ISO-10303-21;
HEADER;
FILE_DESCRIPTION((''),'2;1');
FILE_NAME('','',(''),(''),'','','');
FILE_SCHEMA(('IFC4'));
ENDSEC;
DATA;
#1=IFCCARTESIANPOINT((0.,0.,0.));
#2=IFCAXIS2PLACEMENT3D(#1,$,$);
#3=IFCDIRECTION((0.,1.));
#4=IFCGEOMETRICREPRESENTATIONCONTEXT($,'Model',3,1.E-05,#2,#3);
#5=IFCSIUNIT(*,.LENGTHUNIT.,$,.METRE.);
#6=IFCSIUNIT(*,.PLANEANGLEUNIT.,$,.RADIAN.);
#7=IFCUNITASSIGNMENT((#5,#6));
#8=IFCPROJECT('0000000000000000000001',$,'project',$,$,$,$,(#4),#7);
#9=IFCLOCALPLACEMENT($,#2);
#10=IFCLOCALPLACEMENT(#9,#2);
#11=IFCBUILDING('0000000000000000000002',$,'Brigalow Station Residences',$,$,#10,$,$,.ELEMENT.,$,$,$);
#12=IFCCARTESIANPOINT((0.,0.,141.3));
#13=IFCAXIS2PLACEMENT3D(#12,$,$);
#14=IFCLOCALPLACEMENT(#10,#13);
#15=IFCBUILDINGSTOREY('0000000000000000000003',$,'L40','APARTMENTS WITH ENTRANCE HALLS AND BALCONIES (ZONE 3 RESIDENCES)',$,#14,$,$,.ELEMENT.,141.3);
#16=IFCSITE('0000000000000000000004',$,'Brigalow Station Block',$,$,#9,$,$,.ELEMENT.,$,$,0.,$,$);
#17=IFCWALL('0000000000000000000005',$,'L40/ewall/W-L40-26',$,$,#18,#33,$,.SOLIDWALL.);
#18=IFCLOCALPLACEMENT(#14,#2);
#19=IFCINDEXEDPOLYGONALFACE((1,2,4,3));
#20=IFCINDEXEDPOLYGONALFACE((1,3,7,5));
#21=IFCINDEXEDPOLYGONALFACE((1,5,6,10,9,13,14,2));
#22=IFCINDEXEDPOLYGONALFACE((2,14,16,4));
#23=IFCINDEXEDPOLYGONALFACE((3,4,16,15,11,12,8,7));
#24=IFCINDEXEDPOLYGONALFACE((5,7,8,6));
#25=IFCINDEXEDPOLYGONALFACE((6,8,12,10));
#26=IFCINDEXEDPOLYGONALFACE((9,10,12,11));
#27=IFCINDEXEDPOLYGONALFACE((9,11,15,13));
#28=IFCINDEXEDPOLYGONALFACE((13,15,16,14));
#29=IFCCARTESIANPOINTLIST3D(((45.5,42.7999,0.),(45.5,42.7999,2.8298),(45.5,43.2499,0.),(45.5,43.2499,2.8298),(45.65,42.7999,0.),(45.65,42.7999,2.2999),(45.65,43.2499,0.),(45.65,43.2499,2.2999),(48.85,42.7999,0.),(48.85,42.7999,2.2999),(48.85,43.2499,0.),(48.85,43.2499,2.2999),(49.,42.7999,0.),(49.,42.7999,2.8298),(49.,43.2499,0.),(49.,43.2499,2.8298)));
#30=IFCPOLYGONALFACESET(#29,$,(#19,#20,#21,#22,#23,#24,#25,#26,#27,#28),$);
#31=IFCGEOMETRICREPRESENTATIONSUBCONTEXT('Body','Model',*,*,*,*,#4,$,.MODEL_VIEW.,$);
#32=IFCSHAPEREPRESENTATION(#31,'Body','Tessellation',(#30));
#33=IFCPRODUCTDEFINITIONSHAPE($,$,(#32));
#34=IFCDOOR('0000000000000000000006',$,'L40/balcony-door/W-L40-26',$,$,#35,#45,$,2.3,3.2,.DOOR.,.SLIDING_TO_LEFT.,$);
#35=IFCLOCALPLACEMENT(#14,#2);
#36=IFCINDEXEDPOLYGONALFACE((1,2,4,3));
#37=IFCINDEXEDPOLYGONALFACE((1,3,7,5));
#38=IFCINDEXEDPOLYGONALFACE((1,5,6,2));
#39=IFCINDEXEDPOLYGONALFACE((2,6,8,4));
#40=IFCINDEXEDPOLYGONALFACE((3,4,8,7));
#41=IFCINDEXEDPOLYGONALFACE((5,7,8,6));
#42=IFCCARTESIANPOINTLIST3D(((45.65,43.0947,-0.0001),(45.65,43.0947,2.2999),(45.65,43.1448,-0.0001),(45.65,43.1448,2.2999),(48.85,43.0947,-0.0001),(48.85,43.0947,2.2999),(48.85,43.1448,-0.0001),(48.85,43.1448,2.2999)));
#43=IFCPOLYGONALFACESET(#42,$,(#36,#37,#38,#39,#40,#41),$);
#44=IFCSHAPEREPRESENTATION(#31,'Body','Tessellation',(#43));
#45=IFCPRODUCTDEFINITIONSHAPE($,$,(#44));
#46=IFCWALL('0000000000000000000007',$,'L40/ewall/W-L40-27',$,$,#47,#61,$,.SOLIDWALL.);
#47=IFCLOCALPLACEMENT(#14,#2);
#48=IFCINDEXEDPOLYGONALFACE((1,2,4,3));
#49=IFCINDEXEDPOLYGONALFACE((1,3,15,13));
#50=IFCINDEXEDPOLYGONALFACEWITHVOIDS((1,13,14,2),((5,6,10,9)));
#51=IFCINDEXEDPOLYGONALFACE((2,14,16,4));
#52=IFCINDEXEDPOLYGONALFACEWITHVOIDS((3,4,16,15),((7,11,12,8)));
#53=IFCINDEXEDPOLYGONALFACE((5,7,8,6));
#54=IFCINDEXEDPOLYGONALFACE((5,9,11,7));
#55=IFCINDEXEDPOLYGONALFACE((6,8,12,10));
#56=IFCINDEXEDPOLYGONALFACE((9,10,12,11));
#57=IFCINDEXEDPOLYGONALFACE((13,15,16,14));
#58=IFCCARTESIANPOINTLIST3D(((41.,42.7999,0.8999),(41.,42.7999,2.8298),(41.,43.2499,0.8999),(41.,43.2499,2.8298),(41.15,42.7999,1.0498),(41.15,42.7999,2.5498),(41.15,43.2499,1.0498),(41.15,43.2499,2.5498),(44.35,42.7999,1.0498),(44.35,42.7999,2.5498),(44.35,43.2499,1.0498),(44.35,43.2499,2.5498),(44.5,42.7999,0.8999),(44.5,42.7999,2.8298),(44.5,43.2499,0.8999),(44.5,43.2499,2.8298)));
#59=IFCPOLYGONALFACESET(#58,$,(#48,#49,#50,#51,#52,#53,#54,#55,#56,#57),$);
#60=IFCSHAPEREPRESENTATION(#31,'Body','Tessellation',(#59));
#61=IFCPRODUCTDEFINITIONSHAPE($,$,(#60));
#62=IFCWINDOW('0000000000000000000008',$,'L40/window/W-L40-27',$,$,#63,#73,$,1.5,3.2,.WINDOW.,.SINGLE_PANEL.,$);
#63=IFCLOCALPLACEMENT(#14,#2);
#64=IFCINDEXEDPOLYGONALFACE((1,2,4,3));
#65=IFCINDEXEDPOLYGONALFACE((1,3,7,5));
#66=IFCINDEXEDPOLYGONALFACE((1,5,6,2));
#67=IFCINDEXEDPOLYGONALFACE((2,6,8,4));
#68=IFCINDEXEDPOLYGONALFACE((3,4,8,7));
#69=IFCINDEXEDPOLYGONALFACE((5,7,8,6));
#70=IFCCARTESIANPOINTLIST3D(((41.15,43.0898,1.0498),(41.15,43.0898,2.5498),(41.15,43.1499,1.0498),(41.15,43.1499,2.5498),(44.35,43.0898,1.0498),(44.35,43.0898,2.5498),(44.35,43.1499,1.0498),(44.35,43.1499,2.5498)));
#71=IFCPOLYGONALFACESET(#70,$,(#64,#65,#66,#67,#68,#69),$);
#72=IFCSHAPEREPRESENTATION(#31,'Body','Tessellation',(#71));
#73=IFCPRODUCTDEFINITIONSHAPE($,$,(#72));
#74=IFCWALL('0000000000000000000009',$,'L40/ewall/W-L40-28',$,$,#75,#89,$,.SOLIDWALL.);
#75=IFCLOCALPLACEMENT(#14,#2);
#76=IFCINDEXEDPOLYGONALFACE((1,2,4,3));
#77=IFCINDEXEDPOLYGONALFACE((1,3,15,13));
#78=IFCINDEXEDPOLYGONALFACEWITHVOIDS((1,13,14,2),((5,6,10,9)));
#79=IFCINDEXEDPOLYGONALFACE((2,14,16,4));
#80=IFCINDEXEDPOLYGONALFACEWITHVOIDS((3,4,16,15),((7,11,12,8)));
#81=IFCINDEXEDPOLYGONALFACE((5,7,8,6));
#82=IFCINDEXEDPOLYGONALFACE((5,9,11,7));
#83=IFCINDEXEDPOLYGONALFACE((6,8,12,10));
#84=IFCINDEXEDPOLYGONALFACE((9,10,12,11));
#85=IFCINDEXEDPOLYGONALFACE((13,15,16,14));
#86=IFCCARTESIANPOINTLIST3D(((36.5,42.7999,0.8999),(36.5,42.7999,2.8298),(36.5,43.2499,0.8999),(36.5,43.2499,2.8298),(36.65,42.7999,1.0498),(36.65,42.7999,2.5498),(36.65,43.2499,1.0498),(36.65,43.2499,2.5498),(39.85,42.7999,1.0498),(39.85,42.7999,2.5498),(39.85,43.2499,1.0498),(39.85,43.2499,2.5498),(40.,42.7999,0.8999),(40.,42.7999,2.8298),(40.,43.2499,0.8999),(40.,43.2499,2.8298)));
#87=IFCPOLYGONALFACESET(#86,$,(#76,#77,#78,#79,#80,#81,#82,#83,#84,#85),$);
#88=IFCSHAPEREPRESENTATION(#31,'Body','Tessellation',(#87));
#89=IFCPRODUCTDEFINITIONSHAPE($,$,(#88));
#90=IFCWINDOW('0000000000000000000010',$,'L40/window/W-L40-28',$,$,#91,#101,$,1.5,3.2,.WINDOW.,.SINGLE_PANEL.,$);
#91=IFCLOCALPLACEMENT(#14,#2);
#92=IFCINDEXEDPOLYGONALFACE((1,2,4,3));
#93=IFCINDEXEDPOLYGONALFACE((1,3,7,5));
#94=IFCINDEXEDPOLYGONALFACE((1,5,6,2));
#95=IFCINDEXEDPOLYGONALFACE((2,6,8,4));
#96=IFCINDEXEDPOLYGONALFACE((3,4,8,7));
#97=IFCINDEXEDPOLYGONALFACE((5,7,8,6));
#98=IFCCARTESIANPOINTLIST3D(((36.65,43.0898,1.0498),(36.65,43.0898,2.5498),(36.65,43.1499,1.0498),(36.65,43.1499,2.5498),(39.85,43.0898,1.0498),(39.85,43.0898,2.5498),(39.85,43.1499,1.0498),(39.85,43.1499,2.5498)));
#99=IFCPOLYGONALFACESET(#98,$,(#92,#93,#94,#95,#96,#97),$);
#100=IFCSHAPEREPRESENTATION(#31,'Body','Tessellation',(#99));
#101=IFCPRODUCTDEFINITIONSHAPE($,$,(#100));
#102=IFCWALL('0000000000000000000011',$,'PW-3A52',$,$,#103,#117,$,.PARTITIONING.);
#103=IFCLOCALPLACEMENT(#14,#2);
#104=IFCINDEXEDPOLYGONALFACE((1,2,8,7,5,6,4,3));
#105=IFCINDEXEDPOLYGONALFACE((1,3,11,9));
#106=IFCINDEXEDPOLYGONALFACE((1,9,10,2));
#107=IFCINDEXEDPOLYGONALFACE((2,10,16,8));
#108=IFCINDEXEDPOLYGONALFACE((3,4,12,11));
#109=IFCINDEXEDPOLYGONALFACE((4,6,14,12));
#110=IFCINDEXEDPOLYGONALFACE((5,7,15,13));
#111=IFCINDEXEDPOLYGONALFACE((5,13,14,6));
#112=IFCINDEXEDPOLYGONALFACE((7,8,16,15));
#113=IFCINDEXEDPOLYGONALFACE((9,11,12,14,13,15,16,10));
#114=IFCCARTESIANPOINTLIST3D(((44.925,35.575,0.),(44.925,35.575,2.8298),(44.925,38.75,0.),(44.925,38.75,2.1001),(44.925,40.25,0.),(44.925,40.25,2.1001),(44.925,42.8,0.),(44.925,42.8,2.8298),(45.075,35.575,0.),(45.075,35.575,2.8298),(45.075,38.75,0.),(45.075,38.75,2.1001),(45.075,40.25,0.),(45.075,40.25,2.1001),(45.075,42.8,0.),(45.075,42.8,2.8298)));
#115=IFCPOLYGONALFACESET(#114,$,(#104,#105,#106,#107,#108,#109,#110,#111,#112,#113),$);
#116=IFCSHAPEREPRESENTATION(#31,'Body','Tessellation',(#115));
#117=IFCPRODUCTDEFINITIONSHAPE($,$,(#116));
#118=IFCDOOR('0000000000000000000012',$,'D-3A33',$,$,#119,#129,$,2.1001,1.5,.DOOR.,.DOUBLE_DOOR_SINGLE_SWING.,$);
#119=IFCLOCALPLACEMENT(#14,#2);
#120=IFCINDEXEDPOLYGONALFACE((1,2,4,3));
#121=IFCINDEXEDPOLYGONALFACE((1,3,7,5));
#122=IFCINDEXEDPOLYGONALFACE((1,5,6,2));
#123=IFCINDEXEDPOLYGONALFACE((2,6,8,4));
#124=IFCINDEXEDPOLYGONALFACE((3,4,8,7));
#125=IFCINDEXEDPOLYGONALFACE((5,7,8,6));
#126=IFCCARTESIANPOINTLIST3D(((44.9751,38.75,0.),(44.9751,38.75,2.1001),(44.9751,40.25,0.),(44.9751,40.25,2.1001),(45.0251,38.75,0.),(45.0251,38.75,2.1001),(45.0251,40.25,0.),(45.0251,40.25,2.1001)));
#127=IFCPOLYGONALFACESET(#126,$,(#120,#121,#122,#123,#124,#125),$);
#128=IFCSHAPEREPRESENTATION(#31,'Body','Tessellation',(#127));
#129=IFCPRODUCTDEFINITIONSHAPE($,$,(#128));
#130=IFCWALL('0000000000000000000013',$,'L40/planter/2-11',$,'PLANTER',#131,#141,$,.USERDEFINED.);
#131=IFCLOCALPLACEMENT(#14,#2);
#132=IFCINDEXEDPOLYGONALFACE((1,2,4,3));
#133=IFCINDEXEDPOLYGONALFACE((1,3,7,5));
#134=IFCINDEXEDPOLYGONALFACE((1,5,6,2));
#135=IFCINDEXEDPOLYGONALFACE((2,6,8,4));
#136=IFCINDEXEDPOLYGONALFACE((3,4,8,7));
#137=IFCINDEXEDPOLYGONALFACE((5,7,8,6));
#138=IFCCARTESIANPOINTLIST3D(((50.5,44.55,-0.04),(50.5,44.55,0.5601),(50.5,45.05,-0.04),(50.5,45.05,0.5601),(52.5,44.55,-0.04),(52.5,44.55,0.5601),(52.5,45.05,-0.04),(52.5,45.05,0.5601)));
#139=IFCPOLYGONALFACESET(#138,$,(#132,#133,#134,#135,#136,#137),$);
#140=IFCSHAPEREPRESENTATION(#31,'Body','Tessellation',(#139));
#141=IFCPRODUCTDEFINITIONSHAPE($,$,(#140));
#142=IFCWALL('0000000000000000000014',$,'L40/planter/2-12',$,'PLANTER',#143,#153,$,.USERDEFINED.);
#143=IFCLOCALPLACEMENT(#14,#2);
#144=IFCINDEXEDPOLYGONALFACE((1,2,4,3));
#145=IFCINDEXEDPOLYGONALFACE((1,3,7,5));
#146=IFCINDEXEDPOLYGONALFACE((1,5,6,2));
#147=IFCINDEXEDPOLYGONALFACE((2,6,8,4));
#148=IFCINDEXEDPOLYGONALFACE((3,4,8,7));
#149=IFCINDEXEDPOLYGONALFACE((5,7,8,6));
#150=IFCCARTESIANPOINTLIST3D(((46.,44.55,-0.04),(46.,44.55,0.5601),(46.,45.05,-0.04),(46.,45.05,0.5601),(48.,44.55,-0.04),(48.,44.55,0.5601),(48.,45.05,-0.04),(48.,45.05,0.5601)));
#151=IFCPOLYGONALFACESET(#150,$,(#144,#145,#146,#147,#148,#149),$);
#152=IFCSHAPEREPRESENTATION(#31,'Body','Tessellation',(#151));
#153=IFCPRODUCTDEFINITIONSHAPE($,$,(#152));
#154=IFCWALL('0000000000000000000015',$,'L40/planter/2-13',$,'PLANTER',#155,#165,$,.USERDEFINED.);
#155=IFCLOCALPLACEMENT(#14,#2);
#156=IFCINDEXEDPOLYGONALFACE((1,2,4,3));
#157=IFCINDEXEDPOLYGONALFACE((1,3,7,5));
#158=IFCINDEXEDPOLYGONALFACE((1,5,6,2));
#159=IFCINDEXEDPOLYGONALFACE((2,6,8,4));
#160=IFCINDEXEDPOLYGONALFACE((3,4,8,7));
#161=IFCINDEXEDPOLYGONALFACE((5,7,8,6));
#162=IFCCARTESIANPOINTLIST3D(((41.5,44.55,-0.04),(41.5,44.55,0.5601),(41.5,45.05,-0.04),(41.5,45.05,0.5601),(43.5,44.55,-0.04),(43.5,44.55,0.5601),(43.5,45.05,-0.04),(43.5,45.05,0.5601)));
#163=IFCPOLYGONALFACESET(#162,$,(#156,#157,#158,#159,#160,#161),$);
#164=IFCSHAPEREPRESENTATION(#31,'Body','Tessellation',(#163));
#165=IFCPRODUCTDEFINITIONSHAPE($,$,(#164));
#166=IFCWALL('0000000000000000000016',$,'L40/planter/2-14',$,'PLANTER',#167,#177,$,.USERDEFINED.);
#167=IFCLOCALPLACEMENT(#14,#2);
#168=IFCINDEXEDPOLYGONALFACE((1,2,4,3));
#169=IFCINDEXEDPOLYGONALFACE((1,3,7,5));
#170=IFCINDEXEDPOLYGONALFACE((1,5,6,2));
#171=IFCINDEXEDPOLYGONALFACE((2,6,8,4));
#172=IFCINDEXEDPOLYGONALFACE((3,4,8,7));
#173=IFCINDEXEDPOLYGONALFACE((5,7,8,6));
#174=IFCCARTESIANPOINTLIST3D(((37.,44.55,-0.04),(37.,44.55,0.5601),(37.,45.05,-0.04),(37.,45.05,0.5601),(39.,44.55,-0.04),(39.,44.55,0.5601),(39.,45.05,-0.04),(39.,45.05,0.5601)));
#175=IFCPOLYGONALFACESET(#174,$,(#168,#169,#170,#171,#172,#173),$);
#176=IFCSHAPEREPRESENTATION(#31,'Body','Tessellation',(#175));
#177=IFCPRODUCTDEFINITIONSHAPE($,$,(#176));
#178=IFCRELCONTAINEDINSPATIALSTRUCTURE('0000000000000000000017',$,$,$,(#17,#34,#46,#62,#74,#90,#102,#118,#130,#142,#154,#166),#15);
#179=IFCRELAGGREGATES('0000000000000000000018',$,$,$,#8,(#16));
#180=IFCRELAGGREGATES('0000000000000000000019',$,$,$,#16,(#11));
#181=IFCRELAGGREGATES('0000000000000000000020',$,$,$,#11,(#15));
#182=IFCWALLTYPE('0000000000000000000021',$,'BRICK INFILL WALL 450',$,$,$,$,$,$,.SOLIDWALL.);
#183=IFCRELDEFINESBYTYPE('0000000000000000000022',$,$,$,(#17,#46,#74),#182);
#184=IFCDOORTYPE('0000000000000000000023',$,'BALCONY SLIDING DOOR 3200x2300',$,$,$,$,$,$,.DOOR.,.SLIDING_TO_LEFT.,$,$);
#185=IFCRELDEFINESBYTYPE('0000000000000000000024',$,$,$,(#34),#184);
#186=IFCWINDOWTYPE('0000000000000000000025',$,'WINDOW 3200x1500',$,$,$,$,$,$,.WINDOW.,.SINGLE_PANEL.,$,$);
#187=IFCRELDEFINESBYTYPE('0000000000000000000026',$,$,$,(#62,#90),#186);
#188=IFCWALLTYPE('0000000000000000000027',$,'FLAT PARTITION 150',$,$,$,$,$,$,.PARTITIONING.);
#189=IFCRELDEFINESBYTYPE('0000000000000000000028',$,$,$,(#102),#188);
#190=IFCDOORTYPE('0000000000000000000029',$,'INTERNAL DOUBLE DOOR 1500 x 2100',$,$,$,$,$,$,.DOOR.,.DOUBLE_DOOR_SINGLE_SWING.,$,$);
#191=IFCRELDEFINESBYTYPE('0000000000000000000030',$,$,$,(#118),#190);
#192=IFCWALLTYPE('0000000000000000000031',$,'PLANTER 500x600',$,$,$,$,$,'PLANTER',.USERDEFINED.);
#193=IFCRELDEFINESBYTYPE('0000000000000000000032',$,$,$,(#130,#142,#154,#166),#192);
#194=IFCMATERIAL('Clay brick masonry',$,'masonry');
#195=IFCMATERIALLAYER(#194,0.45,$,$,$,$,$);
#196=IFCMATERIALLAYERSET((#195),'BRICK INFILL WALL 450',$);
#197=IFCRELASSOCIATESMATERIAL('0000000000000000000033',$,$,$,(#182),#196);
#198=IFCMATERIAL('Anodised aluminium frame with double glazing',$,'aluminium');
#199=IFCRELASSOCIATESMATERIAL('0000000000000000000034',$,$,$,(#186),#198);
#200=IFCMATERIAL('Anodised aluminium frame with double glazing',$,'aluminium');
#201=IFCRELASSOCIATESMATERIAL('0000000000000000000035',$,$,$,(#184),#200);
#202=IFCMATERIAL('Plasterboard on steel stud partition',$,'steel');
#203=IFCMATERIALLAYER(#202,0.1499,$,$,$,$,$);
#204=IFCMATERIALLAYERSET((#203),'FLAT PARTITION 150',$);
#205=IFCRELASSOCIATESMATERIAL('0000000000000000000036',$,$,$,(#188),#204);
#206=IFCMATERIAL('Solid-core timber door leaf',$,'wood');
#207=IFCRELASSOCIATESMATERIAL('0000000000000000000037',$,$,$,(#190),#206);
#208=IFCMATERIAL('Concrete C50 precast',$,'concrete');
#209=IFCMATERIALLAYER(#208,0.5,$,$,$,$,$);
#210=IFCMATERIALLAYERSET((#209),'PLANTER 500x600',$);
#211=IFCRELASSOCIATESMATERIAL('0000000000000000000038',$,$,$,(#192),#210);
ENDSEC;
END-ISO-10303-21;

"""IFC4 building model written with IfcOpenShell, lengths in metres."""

from ifc_helpers import new_model, si_unit, direction, frame, frame_2d, origin, place, context, subcontext, project, spatial, rectangle, extrude, material, layer, layer_set, type_object, element, fill, save


model = new_model("IFC4")

# Units and contexts
model_context = context("Model", 3, precision=1e-05, world=origin(), true_north=direction((0.0, 1.0)))
body_context = subcontext(model_context, "Body", "Model", "MODEL_VIEW")
ifc_project = project(units=[si_unit("LENGTHUNIT", "METRE"), si_unit("PLANEANGLEUNIT", "RADIAN")], contexts=[model_context])

# Site, building, storey
site_placement = place(None, origin())
site = spatial("IfcSite", under=ifc_project, at=site_placement, Name="Brigalow Station Block", CompositionType="ELEMENT", RefElevation=0.0)
building_placement = place(site_placement, origin())
building = spatial("IfcBuilding", under=site, at=building_placement, Name="Brigalow Station Residences", CompositionType="ELEMENT")
storey_placement = place(building_placement, frame((0.0, 0.0, 141.3)))
storey = spatial("IfcBuildingStorey", under=building, at=storey_placement, Name="L40", Description="APARTMENTS WITH ENTRANCE HALLS AND BALCONIES (ZONE 3 RESIDENCES)", CompositionType="ELEMENT", Elevation=141.3)

# Shared definitions
ifc_material_1 = material(Name="Clay brick masonry", Category="masonry")
ifc_layer_1 = layer(ifc_material_1, 0.45)
ifc_layer_set_1 = layer_set([ifc_layer_1], Name="BRICK INFILL WALL 450")
wall_type_1 = type_object("IfcWallType", Name="BRICK INFILL WALL 450", PredefinedType="SOLIDWALL", material=ifc_layer_set_1)
ifc_material_2 = material(Name="Anodised aluminium frame with double glazing", Category="aluminium")
window_type = type_object("IfcWindowType", Name="WINDOW 3200x1500", PartitioningType="SINGLE_PANEL", PredefinedType="WINDOW", material=ifc_material_2)

# Wall, opening, door
wall_1_placement = place(storey_placement, frame((49.0, 43.0249, 0.0), z_axis=(0.0, 0.0, 1.0), x_axis=(-1.0, 0.0, 0.0)))
wall_1 = element("IfcWall", 1, at=wall_1_placement, inside=storey, type_object=wall_type_1, Name="L40/ewall/W-L40-26", PredefinedType="SOLIDWALL", context=body_context, shape_type="SweptSolid", body=[
    extrude(rectangle(XDim=3.5, YDim=0.45, at=frame_2d((1.75, 0.0))), origin(), (0.0, 0.0, 1.0), 2.8298),
])
opening_1_placement = place(wall_1_placement, frame((0.1499, 0.0, 0.0)))
opening_1 = element("IfcOpeningElement", 2, at=opening_1_placement, cuts=wall_1, PredefinedType="OPENING", context=body_context, shape_type="SweptSolid", body=[
    extrude(rectangle(XDim=3.2, YDim=2.3, at=frame_2d((1.6001, 1.1499))), frame((0.0, 0.2349, 0.0), z_axis=(0.0, -1.0, 0.0), x_axis=(1.0, 0.0, 0.0)), (0.0, 0.0, 1.0), 0.47),
])
ifc_material_3 = material(Name="Anodised aluminium frame with double glazing", Category="aluminium")
door_type_1 = type_object("IfcDoorType", Name="BALCONY SLIDING DOOR 3200x2300", OperationType="SLIDING_TO_LEFT", PredefinedType="DOOR", material=ifc_material_3)
door_1_placement = place(opening_1_placement, origin())
door_1 = element("IfcDoor", 3, at=door_1_placement, inside=storey, type_object=door_type_1, Name="L40/balcony-door/W-L40-26", OperationType="SLIDING_TO_LEFT", OverallHeight=2.3, OverallWidth=3.2, PredefinedType="DOOR", context=body_context, shape_type="SweptSolid", body=[
    extrude(rectangle(XDim=3.2, YDim=2.3, at=frame_2d((1.6001, 1.1499))), frame((0.0, -0.0698, 0.0), z_axis=(0.0, -1.0, 0.0), x_axis=(1.0, 0.0, 0.0)), (0.0, 0.0, 1.0), 0.05),
])
fill(opening_1, door_1)

# Walls, openings, windows
wall_2_placement = place(storey_placement, frame((44.5, 43.0249, 0.8999), z_axis=(0.0, 0.0, 1.0), x_axis=(-1.0, 0.0, 0.0)))
wall_2 = element("IfcWall", 4, at=wall_2_placement, inside=storey, type_object=wall_type_1, Name="L40/ewall/W-L40-27", PredefinedType="SOLIDWALL", context=body_context, shape_type="SweptSolid", body=[
    extrude(rectangle(XDim=3.5, YDim=0.45, at=frame_2d((1.75, 0.0))), origin(), (0.0, 0.0, 1.0), 1.9299),
])
opening_2_placement = place(wall_2_placement, frame((0.1499, 0.0, 0.1499)))
opening_2 = element("IfcOpeningElement", 5, at=opening_2_placement, cuts=wall_2, PredefinedType="OPENING", context=body_context, shape_type="SweptSolid", body=[
    extrude(rectangle(XDim=3.2, YDim=1.5, at=frame_2d((1.6001, 0.75))), frame((0.0, 0.2349, 0.0), z_axis=(0.0, -1.0, 0.0), x_axis=(1.0, 0.0, 0.0)), (0.0, 0.0, 1.0), 0.47),
])
window_1_placement = place(opening_2_placement, origin())
window_1 = element("IfcWindow", 6, at=window_1_placement, inside=storey, type_object=window_type, Name="L40/window/W-L40-27", OverallHeight=1.5, OverallWidth=3.2, PartitioningType="SINGLE_PANEL", PredefinedType="WINDOW", context=body_context, shape_type="SweptSolid", body=[
    extrude(rectangle(XDim=3.2, YDim=1.5, at=frame_2d((1.6001, 0.75))), frame((0.0, -0.0649, 0.0), z_axis=(0.0, -1.0, 0.0), x_axis=(1.0, 0.0, 0.0)), (0.0, 0.0, 1.0), 0.0601),
])
fill(opening_2, window_1)
wall_3_placement = place(storey_placement, frame((40.0, 43.0249, 0.8999), z_axis=(0.0, 0.0, 1.0), x_axis=(-1.0, 0.0, 0.0)))
wall_3 = element("IfcWall", 7, at=wall_3_placement, inside=storey, type_object=wall_type_1, Name="L40/ewall/W-L40-28", PredefinedType="SOLIDWALL", context=body_context, shape_type="SweptSolid", body=[
    extrude(rectangle(XDim=3.5, YDim=0.45, at=frame_2d((1.75, 0.0))), origin(), (0.0, 0.0, 1.0), 1.9299),
])
opening_3_placement = place(wall_3_placement, frame((0.1499, 0.0, 0.1499)))
opening_3 = element("IfcOpeningElement", 8, at=opening_3_placement, cuts=wall_3, PredefinedType="OPENING", context=body_context, shape_type="SweptSolid", body=[
    extrude(rectangle(XDim=3.2, YDim=1.5, at=frame_2d((1.6001, 0.75))), frame((0.0, 0.2349, 0.0), z_axis=(0.0, -1.0, 0.0), x_axis=(1.0, 0.0, 0.0)), (0.0, 0.0, 1.0), 0.47),
])
window_2_placement = place(opening_3_placement, origin())
window_2 = element("IfcWindow", 9, at=window_2_placement, inside=storey, type_object=window_type, Name="L40/window/W-L40-28", OverallHeight=1.5, OverallWidth=3.2, PartitioningType="SINGLE_PANEL", PredefinedType="WINDOW", context=body_context, shape_type="SweptSolid", body=[
    extrude(rectangle(XDim=3.2, YDim=1.5, at=frame_2d((1.6001, 0.75))), frame((0.0, -0.0649, 0.0), z_axis=(0.0, -1.0, 0.0), x_axis=(1.0, 0.0, 0.0)), (0.0, 0.0, 1.0), 0.0601),
])
fill(opening_3, window_2)

# Wall, opening, door
ifc_material_4 = material(Name="Plasterboard on steel stud partition", Category="steel")
ifc_layer_2 = layer(ifc_material_4, 0.1499)
ifc_layer_set_2 = layer_set([ifc_layer_2], Name="FLAT PARTITION 150")
wall_type_2 = type_object("IfcWallType", Name="FLAT PARTITION 150", PredefinedType="PARTITIONING", material=ifc_layer_set_2)
wall_4_placement = place(storey_placement, frame((45.0, 35.575, 0.0), z_axis=(0.0, 0.0, 1.0), x_axis=(0.0, 1.0, 0.0)))
wall_4 = element("IfcWall", 10, at=wall_4_placement, inside=storey, type_object=wall_type_2, Name="PW-3A52", PredefinedType="PARTITIONING", context=body_context, shape_type="SweptSolid", body=[
    extrude(rectangle(XDim=7.2251, YDim=0.1499, at=frame_2d((3.6125, 0.0))), origin(), (0.0, 0.0, 1.0), 2.8298),
])
opening_4_placement = place(wall_4_placement, frame((3.175, 0.0, 0.0)))
opening_4 = element("IfcOpeningElement", 11, at=opening_4_placement, cuts=wall_4, PredefinedType="OPENING", context=body_context, shape_type="SweptSolid", body=[
    extrude(rectangle(XDim=1.5, YDim=2.1001, at=frame_2d((0.75, 1.05))), frame((0.0, 0.085, 0.0), z_axis=(0.0, -1.0, 0.0), x_axis=(1.0, 0.0, 0.0)), (0.0, 0.0, 1.0), 0.1699),
])
ifc_material_5 = material(Name="Solid-core timber door leaf", Category="wood")
door_type_2 = type_object("IfcDoorType", Name="INTERNAL DOUBLE DOOR 1500 x 2100", OperationType="DOUBLE_DOOR_SINGLE_SWING", PredefinedType="DOOR", material=ifc_material_5)
door_2_placement = place(opening_4_placement, origin())
door_2 = element("IfcDoor", 12, at=door_2_placement, inside=storey, type_object=door_type_2, Name="D-3A33", OperationType="DOUBLE_DOOR_SINGLE_SWING", OverallHeight=2.1001, OverallWidth=1.5, PredefinedType="DOOR", context=body_context, shape_type="SweptSolid", body=[
    extrude(rectangle(XDim=1.5, YDim=2.1001, at=frame_2d((0.75, 1.05))), frame((0.0, 0.0249, 0.0), z_axis=(0.0, -1.0, 0.0), x_axis=(1.0, 0.0, 0.0)), (0.0, 0.0, 1.0), 0.05),
])
fill(opening_4, door_2)

# Walls
ifc_material_6 = material(Name="Concrete C50 precast", Category="concrete")
ifc_layer_3 = layer(ifc_material_6, 0.5)
ifc_layer_set_3 = layer_set([ifc_layer_3], Name="PLANTER 500x600")
wall_type_3 = type_object("IfcWallType", Name="PLANTER 500x600", ElementType="PLANTER", PredefinedType="USERDEFINED", material=ifc_layer_set_3)
for number, where, z_axis, x_axis, name in (
    (13, (52.5, 44.8, -0.04), (0.0, 0.0, 1.0), (-1.0, 0.0, 0.0), "L40/planter/2-11"),
    (14, (48.0, 44.8, -0.04), (0.0, 0.0, 1.0), (-1.0, 0.0, 0.0), "L40/planter/2-12"),
    (15, (43.5, 44.8, -0.04), (0.0, 0.0, 1.0), (-1.0, 0.0, 0.0), "L40/planter/2-13"),
    (16, (39.0, 44.8, -0.04), (0.0, 0.0, 1.0), (-1.0, 0.0, 0.0), "L40/planter/2-14"),
):
    element("IfcWall", number, at=place(storey_placement, frame(where, z_axis=z_axis, x_axis=x_axis)), inside=storey, type_object=wall_type_3, Name=name, ObjectType="PLANTER", PredefinedType="USERDEFINED", context=body_context, shape_type="SweptSolid", body=[
        extrude(rectangle(XDim=2.0, YDim=0.5, at=frame_2d((1.0, 0.0))), origin(), (0.0, 0.0, 1.0), 0.6001),
    ])

save(model, "model.ifc")
